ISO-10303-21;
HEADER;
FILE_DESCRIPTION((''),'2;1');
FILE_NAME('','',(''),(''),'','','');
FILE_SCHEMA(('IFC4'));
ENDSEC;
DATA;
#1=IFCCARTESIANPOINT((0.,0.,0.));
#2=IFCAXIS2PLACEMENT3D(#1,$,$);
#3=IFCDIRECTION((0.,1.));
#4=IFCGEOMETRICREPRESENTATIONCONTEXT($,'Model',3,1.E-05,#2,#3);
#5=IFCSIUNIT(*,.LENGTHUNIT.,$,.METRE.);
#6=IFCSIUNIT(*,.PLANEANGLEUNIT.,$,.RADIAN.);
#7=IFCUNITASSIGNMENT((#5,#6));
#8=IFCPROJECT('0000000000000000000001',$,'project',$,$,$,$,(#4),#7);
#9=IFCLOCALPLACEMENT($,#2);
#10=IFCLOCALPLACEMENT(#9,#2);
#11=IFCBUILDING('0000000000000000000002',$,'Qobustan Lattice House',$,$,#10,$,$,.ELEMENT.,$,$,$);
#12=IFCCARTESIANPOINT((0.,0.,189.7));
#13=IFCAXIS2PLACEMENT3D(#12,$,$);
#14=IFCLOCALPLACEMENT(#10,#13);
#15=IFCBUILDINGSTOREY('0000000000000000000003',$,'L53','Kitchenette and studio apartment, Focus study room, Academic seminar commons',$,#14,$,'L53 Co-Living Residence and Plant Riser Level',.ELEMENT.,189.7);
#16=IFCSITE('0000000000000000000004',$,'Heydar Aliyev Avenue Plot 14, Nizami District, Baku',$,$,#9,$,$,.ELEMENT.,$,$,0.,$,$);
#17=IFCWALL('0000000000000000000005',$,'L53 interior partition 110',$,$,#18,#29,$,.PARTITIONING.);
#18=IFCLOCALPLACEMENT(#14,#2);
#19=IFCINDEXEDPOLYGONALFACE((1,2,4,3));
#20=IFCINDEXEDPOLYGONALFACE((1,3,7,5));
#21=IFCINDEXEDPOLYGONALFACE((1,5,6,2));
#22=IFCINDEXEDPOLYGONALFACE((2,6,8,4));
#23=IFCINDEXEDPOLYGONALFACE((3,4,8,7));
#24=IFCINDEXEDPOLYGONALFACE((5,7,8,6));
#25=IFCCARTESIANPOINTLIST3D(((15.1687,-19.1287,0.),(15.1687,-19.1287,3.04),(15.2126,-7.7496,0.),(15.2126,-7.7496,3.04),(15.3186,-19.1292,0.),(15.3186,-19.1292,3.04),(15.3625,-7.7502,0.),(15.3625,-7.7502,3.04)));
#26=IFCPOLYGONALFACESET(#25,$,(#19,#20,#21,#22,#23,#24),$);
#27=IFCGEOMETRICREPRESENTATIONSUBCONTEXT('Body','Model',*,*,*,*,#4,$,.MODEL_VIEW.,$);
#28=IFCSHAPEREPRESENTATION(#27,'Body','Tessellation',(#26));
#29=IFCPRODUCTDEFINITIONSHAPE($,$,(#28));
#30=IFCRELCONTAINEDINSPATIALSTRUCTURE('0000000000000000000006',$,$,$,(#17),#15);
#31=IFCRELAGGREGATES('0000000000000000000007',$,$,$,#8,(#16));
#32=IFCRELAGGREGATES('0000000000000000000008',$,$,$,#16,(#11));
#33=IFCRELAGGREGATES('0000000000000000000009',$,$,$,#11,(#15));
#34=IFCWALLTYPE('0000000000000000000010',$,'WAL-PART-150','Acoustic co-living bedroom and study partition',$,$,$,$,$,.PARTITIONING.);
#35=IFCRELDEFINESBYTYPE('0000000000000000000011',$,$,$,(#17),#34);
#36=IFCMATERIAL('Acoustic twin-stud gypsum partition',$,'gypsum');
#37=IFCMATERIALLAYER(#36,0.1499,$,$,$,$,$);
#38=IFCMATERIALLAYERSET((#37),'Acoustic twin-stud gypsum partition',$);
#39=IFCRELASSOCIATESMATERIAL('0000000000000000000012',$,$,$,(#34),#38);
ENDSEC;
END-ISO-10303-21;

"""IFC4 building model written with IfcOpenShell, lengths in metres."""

from ifc_helpers import new_model, si_unit, direction, frame, frame_2d, origin, place, context, subcontext, project, spatial, rectangle, extrude, material, layer, layer_set, type_object, element, save


model = new_model("IFC4")

# Units and contexts
model_context = context("Model", 3, precision=1e-05, world=origin(), true_north=direction((0.0, 1.0)))
body_context = subcontext(model_context, "Body", "Model", "MODEL_VIEW")
ifc_project = project(units=[si_unit("LENGTHUNIT", "METRE"), si_unit("PLANEANGLEUNIT", "RADIAN")], contexts=[model_context])

# Site, building, storey
site_placement = place(None, origin())
site = spatial("IfcSite", under=ifc_project, at=site_placement, Name="Heydar Aliyev Avenue Plot 14, Nizami District, Baku", CompositionType="ELEMENT", RefElevation=0.0)
building_placement = place(site_placement, origin())
building = spatial("IfcBuilding", under=site, at=building_placement, Name="Qobustan Lattice House", CompositionType="ELEMENT")
storey_placement = place(building_placement, frame((0.0, 0.0, 189.7)))
storey = spatial("IfcBuildingStorey", under=building, at=storey_placement, Name="L53", Description="Kitchenette and studio apartment, Focus study room, Academic seminar commons", LongName="L53 Co-Living Residence and Plant Riser Level", CompositionType="ELEMENT", Elevation=189.7)

# Shared definitions
ifc_material_1 = material(Name="Acoustic twin-stud gypsum partition", Category="gypsum")
ifc_layer_1 = layer(ifc_material_1, 0.1499)
ifc_layer_set_1 = layer_set([ifc_layer_1], Name="Acoustic twin-stud gypsum partition")
wall_type_1 = type_object("IfcWallType", Name="WAL-PART-150", Description="Acoustic co-living bedroom and study partition", PredefinedType="PARTITIONING", material=ifc_layer_set_1)

# Wall
wall_1_placement = place(storey_placement, frame((15.2876, -7.75, 0.0), z_axis=(0.0, 0.0, 1.0), x_axis=(-0.003862, -0.999993, 0.0)))
element("IfcWall", 1, at=wall_1_placement, inside=storey, type_object=wall_type_1, Name="L53 interior partition 110", PredefinedType="PARTITIONING", context=body_context, shape_type="SweptSolid", body=[
    extrude(rectangle(XDim=11.3792, YDim=0.1499, at=frame_2d((5.6895, 0.0))), origin(), (0.0, 0.0, 1.0), 3.04),
])

save(model, "model.ifc")
